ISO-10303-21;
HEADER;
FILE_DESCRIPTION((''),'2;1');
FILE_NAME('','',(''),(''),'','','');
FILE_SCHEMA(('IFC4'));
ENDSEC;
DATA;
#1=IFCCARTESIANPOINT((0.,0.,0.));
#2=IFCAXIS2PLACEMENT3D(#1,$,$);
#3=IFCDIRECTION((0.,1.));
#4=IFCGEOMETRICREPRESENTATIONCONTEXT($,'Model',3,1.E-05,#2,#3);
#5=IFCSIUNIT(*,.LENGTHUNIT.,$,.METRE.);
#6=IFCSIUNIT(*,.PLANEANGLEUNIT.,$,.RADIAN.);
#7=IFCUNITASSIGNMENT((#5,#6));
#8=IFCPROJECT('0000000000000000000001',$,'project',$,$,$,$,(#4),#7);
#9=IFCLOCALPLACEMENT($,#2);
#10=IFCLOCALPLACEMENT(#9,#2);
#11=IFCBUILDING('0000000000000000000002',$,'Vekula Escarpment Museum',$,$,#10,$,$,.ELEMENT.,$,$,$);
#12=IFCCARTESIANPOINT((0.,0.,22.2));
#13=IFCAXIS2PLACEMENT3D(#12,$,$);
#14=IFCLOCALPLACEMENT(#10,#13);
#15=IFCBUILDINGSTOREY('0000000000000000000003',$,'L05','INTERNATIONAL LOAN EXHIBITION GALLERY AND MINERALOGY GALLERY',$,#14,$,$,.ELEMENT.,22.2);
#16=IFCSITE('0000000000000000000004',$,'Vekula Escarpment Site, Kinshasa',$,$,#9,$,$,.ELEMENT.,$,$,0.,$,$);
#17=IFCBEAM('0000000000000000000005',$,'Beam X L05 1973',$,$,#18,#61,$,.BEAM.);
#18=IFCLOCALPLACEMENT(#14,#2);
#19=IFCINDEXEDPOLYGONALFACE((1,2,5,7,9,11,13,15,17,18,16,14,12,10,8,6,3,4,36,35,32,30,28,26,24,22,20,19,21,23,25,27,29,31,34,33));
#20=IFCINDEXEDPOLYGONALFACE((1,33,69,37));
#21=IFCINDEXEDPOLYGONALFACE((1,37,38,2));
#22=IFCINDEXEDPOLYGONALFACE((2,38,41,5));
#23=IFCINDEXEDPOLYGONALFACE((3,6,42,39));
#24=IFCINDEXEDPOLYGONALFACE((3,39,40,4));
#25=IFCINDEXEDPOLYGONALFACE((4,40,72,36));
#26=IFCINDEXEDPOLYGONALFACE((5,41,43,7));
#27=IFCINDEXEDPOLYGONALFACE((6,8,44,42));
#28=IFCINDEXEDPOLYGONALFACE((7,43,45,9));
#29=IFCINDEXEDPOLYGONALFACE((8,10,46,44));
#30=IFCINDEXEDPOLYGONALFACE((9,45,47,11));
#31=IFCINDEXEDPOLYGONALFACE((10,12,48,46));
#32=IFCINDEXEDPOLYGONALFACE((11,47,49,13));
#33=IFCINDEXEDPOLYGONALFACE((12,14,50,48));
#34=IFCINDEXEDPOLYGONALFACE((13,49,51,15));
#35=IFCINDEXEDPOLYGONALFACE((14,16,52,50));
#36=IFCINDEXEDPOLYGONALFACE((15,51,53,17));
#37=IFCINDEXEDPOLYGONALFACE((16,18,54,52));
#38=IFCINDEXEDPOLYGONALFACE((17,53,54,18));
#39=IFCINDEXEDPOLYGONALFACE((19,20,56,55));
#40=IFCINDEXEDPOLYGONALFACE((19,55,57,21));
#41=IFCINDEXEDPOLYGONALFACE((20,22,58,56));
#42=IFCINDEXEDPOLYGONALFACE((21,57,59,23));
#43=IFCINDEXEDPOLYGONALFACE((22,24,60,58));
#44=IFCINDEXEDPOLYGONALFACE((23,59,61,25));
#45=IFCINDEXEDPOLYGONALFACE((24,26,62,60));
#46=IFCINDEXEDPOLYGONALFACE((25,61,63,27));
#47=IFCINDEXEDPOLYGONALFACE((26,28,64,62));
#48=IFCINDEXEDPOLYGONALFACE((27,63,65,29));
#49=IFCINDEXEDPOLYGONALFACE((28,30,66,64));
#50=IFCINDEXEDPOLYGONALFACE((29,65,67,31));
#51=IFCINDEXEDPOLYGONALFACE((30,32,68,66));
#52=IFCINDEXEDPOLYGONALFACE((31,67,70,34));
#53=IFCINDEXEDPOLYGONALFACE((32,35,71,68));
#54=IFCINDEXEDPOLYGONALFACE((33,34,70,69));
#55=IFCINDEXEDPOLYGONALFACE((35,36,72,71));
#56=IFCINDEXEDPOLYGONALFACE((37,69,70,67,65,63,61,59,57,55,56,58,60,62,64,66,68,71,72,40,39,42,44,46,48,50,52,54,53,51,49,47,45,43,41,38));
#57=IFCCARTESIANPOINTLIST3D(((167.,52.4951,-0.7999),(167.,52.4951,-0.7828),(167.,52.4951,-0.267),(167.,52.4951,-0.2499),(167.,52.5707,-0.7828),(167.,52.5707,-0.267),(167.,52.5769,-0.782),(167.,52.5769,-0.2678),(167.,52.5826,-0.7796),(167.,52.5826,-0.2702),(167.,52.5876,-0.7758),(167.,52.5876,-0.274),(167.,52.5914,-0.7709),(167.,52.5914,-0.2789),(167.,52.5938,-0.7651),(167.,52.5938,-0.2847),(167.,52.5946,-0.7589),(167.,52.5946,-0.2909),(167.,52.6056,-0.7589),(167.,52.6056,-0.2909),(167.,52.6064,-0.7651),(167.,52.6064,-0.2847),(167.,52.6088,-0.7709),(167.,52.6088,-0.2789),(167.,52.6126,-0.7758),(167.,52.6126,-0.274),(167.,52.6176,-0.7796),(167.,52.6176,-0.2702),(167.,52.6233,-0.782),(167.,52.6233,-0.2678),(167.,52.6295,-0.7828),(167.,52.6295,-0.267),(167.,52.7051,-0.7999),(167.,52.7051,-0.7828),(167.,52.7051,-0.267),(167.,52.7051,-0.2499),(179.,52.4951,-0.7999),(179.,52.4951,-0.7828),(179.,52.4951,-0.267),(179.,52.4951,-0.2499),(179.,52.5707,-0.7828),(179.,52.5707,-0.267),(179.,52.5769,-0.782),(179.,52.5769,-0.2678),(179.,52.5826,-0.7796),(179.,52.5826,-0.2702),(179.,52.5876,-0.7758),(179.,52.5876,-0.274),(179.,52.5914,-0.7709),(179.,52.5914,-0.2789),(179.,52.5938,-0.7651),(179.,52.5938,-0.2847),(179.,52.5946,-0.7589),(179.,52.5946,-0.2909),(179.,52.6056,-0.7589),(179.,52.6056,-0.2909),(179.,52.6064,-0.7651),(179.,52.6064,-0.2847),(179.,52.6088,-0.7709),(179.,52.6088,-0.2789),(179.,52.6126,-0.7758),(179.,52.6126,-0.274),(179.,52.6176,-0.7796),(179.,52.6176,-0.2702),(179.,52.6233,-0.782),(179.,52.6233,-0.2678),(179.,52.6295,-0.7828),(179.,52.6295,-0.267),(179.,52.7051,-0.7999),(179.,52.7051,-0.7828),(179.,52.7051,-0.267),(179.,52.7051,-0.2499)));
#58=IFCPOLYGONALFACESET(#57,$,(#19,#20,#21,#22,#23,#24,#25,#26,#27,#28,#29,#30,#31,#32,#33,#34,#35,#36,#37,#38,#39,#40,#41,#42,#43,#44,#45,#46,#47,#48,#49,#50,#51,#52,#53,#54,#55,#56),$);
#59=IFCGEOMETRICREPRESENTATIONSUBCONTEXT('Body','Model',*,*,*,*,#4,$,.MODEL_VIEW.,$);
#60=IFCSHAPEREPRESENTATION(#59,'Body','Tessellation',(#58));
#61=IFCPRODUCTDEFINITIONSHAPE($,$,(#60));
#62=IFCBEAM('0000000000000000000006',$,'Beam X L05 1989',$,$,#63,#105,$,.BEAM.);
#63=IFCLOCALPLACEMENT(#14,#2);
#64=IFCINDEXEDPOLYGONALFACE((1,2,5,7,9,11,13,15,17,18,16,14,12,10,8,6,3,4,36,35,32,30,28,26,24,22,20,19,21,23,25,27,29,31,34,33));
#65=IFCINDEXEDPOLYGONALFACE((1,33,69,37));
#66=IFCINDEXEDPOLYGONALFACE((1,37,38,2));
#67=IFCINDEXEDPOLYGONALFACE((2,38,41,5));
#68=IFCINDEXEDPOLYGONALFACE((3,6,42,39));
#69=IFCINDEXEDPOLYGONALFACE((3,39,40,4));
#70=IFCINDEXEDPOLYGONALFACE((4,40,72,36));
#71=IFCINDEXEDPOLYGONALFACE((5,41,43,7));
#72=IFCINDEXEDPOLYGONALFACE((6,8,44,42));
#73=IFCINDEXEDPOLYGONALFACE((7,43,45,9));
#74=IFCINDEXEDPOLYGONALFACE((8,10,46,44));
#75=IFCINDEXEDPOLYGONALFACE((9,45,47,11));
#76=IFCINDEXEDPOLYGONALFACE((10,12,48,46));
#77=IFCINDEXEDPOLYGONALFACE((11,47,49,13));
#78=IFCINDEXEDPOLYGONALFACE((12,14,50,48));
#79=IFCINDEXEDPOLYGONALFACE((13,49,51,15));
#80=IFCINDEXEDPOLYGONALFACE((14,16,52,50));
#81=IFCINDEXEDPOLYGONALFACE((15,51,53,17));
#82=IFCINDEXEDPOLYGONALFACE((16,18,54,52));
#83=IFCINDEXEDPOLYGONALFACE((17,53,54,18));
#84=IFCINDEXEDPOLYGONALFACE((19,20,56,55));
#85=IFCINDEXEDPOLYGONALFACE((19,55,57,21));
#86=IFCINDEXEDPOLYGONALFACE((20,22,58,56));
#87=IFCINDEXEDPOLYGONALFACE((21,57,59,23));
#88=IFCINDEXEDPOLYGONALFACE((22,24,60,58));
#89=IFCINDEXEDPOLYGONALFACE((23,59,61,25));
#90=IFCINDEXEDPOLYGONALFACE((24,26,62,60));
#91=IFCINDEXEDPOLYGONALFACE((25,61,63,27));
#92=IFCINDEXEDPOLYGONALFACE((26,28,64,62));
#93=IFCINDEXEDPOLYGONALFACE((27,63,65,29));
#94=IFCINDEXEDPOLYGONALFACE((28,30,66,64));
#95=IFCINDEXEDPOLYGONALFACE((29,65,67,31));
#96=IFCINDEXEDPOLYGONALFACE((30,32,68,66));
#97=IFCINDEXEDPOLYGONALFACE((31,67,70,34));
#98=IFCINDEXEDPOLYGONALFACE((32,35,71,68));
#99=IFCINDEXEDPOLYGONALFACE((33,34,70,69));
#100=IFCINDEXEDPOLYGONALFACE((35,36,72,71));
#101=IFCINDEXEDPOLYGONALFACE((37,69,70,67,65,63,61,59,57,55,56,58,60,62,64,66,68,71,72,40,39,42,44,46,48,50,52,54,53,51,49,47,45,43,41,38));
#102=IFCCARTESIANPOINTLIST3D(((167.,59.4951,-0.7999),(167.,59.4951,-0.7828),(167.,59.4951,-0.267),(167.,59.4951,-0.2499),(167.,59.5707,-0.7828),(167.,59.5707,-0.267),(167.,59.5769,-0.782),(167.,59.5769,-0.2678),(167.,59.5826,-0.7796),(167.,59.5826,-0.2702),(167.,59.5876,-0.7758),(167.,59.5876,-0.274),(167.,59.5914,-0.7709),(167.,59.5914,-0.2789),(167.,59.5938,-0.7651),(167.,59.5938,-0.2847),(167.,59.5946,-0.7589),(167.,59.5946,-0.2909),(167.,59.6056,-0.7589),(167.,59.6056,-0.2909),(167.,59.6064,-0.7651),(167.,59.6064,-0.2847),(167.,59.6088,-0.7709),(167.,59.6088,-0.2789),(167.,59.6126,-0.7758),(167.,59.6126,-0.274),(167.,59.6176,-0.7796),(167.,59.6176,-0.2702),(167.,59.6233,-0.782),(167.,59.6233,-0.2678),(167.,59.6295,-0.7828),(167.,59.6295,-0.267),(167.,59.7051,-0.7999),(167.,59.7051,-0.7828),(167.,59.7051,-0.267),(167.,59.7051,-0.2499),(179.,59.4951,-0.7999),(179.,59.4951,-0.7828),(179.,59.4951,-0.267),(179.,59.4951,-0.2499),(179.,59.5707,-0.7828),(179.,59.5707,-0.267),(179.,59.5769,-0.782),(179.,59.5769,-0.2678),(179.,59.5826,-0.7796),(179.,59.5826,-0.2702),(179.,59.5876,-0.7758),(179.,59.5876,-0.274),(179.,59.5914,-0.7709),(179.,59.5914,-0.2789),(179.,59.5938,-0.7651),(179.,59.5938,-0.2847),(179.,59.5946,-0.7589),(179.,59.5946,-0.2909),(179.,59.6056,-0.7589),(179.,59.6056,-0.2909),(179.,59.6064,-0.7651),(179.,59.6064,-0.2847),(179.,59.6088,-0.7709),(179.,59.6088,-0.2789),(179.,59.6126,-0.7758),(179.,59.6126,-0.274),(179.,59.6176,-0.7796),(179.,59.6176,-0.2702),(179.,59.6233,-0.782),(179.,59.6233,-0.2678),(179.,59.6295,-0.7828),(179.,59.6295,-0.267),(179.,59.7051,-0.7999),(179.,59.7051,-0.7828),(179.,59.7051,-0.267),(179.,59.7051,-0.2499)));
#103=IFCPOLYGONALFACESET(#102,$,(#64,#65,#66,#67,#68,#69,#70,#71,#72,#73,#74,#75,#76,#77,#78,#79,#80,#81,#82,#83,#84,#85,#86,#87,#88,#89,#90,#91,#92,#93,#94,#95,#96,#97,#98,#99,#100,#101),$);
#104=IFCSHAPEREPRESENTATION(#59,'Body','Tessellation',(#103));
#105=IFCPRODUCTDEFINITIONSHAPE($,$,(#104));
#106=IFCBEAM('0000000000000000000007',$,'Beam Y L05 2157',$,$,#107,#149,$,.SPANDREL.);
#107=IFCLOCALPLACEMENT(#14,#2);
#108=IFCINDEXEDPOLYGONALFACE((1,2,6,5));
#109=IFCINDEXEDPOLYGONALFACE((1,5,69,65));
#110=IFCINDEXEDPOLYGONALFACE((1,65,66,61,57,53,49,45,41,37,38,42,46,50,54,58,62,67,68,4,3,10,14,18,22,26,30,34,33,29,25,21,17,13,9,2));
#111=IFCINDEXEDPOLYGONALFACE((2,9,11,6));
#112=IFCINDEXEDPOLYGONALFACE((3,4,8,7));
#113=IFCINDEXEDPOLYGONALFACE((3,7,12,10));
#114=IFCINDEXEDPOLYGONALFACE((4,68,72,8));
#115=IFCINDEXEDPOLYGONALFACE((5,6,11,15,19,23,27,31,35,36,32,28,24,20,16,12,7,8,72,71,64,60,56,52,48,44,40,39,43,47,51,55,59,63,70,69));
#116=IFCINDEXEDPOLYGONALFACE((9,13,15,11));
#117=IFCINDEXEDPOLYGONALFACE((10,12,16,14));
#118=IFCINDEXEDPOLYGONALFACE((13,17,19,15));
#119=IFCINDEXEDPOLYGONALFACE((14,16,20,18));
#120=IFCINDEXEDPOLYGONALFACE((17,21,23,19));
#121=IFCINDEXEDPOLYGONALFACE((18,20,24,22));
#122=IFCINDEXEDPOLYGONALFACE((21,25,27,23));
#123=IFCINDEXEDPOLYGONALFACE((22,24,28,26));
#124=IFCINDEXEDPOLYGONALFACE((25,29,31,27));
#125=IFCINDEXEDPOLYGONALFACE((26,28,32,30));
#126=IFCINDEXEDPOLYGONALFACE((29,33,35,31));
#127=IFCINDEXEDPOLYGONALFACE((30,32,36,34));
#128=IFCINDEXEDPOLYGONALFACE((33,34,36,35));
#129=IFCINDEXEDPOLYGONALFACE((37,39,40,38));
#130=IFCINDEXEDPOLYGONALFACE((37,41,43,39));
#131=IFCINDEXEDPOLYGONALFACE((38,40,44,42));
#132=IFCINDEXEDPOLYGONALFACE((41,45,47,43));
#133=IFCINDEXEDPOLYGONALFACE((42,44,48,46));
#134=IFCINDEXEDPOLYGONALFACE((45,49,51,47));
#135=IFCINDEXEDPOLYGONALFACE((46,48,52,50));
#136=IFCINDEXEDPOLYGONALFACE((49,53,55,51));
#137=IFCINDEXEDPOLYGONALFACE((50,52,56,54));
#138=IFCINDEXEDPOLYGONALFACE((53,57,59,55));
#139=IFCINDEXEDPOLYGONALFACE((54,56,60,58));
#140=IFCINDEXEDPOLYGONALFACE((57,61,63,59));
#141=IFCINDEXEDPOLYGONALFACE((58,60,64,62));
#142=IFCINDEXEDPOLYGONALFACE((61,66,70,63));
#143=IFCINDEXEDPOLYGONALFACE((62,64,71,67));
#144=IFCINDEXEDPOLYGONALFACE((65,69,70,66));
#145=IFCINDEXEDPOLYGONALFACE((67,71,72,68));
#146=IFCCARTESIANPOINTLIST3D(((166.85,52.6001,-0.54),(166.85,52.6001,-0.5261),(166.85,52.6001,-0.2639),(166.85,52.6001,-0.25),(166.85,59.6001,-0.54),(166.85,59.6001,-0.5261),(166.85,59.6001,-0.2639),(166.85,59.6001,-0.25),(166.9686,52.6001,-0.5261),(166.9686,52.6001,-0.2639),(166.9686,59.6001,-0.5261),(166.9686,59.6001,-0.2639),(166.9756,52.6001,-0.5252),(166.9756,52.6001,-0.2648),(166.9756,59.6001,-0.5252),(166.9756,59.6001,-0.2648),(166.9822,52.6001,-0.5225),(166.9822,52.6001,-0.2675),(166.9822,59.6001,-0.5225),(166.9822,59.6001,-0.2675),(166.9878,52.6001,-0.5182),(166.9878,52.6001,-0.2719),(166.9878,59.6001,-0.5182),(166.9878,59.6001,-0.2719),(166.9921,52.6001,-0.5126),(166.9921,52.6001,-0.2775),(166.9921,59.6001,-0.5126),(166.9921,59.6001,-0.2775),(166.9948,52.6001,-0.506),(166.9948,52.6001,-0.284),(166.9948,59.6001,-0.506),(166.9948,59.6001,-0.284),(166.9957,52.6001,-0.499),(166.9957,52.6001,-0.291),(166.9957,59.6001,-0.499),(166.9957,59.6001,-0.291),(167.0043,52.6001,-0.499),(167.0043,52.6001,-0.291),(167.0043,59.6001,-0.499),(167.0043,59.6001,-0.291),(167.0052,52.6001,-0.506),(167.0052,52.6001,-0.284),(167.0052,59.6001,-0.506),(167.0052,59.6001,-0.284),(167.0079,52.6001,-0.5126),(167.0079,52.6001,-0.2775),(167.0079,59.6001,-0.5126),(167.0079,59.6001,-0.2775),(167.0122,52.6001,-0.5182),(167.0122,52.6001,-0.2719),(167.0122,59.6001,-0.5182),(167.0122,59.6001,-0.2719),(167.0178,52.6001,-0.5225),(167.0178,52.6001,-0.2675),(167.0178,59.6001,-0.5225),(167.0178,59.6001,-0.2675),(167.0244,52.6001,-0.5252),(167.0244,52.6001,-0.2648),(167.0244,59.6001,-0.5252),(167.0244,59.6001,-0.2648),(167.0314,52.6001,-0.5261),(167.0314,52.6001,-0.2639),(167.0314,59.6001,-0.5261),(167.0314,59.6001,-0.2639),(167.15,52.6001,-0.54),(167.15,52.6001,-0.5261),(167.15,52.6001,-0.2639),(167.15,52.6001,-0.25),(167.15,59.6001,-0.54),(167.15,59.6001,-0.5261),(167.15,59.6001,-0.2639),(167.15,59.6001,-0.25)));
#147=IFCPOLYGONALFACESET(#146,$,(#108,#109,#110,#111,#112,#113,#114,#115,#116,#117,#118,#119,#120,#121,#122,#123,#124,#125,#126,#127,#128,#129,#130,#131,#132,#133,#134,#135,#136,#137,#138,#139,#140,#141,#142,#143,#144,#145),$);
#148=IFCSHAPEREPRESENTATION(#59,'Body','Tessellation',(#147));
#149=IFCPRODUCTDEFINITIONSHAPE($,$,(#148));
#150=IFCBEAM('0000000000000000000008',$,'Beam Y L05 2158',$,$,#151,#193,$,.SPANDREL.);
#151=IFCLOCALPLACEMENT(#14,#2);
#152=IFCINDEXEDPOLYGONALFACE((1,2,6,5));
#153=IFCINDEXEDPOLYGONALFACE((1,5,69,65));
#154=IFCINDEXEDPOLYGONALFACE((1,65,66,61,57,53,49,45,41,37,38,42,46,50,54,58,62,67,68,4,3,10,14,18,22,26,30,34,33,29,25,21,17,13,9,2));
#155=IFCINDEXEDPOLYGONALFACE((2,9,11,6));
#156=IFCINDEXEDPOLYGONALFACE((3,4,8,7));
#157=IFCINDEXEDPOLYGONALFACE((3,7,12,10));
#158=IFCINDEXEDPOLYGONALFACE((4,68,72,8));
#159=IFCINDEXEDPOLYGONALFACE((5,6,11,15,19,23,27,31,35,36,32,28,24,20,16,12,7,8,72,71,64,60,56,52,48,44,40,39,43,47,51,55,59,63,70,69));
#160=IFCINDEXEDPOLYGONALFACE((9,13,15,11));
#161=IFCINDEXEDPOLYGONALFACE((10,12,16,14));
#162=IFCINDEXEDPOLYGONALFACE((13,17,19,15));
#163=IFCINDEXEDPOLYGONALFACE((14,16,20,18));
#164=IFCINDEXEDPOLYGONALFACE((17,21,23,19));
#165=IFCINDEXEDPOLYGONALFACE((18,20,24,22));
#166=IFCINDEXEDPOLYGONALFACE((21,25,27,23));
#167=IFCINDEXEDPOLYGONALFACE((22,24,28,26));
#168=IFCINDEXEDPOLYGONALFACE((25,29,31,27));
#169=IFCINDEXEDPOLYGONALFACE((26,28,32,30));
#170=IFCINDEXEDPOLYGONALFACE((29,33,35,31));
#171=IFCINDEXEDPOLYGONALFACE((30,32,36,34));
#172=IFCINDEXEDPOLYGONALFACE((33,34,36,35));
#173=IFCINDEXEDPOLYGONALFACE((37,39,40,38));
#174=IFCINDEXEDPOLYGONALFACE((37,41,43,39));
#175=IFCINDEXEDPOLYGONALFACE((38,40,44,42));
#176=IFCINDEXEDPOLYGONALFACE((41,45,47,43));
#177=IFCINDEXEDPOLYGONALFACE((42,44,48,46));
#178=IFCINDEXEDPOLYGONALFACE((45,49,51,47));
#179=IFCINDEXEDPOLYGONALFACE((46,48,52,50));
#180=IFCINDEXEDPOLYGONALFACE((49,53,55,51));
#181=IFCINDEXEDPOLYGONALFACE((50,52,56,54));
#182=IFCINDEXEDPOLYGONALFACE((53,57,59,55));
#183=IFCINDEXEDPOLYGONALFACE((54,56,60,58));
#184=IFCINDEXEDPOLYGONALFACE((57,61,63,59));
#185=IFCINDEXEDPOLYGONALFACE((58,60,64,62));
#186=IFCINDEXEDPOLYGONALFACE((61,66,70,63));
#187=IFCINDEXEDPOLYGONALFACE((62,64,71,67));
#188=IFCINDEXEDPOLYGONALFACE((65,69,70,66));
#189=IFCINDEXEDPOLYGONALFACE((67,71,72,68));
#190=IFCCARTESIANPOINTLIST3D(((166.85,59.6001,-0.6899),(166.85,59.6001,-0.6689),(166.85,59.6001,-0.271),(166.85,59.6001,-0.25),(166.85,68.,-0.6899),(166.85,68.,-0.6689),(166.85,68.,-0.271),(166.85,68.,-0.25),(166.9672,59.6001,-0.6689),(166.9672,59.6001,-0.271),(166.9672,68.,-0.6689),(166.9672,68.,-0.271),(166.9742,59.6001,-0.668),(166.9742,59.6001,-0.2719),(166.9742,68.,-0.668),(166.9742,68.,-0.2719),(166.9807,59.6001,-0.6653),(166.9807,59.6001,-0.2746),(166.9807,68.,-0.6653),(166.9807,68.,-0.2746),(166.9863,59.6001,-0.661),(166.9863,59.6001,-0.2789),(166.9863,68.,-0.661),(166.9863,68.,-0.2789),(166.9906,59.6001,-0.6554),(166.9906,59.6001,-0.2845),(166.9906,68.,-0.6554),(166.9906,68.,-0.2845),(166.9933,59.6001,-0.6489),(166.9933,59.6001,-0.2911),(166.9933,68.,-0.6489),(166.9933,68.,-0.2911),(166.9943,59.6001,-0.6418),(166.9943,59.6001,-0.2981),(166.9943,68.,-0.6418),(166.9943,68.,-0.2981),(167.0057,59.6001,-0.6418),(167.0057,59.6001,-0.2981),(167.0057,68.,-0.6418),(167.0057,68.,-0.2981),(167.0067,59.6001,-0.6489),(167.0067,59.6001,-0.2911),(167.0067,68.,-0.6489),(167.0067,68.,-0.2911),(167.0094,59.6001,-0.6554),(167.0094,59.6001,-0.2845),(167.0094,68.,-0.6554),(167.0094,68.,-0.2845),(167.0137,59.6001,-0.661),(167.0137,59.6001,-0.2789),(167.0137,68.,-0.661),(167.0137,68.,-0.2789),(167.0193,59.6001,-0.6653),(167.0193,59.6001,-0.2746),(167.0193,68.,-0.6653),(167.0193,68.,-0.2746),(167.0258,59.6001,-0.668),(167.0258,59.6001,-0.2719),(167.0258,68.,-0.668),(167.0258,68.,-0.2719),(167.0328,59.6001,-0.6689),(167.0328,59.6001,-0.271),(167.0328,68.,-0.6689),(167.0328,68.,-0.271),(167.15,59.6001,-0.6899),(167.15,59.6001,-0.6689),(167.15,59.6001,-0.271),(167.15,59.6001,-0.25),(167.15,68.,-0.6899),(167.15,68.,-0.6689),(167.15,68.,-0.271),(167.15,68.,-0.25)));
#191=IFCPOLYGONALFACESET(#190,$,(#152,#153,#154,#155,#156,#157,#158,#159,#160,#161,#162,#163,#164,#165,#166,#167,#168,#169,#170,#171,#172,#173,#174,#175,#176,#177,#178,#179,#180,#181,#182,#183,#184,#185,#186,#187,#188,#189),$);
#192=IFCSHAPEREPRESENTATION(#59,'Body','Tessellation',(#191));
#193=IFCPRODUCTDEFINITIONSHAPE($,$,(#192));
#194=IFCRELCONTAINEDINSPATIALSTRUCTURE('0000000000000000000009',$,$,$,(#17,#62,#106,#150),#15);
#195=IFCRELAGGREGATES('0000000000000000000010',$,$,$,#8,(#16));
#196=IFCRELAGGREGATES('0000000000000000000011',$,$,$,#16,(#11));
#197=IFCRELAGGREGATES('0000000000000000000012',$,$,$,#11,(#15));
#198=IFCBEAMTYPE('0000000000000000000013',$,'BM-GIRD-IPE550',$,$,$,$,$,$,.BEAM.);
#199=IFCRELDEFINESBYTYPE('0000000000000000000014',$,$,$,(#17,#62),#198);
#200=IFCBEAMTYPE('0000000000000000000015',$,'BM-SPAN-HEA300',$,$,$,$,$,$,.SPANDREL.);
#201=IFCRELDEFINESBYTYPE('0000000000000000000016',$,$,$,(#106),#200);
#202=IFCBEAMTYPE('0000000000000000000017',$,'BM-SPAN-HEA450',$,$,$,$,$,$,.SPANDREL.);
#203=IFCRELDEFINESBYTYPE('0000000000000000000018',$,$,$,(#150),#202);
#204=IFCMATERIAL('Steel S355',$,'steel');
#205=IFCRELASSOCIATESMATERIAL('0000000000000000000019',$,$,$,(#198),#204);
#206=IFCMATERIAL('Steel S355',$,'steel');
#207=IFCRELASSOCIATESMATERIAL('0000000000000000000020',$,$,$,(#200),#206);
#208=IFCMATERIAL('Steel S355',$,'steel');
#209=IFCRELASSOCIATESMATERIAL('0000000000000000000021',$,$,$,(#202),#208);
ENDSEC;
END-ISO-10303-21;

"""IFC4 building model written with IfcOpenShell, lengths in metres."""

from ifc_helpers import new_model, si_unit, direction, frame, origin, origin_2d, place, context, subcontext, project, spatial, i_section, extrude, material, material_profile, profile_set, type_object, element, save


model = new_model("IFC4")

# Units and contexts
model_context = context("Model", 3, precision=1e-05, world=origin(), true_north=direction((0.0, 1.0)))
body_context = subcontext(model_context, "Body", "Model", "MODEL_VIEW")
ifc_project = project(units=[si_unit("LENGTHUNIT", "METRE"), si_unit("PLANEANGLEUNIT", "RADIAN")], contexts=[model_context])

# Site, building, storey
site_placement = place(None, origin())
site = spatial("IfcSite", under=ifc_project, at=site_placement, Name="Vekula Escarpment Site, Kinshasa", CompositionType="ELEMENT", RefElevation=0.0)
building_placement = place(site_placement, origin())
building = spatial("IfcBuilding", under=site, at=building_placement, Name="Vekula Escarpment Museum", CompositionType="ELEMENT")
storey_placement = place(building_placement, frame((0.0, 0.0, 22.2)))
storey = spatial("IfcBuildingStorey", under=building, at=storey_placement, Name="L05", Description="INTERNATIONAL LOAN EXHIBITION GALLERY AND MINERALOGY GALLERY", CompositionType="ELEMENT", Elevation=22.2)

# Beams
ifc_material_1 = material(Name="Steel S355", Category="steel")
ifc_material_profile_1 = material_profile(ifc_material_1, i_section(OverallWidth=0.21, OverallDepth=0.55, WebThickness=0.011, FlangeThickness=0.0171, FilletRadius=0.0239, at=origin_2d()), Name="IPE 550")
ifc_profile_set_1 = profile_set([ifc_material_profile_1], Name="Steel S355")
beam_type_1 = type_object("IfcBeamType", Name="BM-GIRD-IPE550", PredefinedType="BEAM", material=ifc_profile_set_1)
for number, where, z_axis, x_axis, name in (
    (1, (167.0, 52.6001, -0.5249), (1.0, 0.0, 0.0), (0.0, 1.0, 0.0), "Beam X L05 1973"),
    (2, (167.0, 59.6001, -0.5249), (1.0, 0.0, 0.0), (0.0, 1.0, 0.0), "Beam X L05 1989"),
):
    element("IfcBeam", number, at=place(storey_placement, frame(where, z_axis=z_axis, x_axis=x_axis)), inside=storey, type_object=beam_type_1, Name=name, PredefinedType="BEAM", context=body_context, shape_type="SweptSolid", body=[
        extrude(i_section(OverallWidth=0.21, OverallDepth=0.55, WebThickness=0.011, FlangeThickness=0.0171, FilletRadius=0.0239, at=origin_2d()), origin(), (0.0, 0.0, 1.0), 12.0),
    ])
ifc_material_2 = material(Name="Steel S355", Category="steel")
ifc_material_profile_2 = material_profile(ifc_material_2, i_section(OverallWidth=0.3, OverallDepth=0.29, WebThickness=0.0085, FlangeThickness=0.0139, FilletRadius=0.0271, at=origin_2d()), Name="HEA 300")
ifc_profile_set_2 = profile_set([ifc_material_profile_2], Name="Steel S355")
beam_type_2 = type_object("IfcBeamType", Name="BM-SPAN-HEA300", PredefinedType="SPANDREL", material=ifc_profile_set_2)
beam_1_placement = place(storey_placement, frame((167.0, 52.6001, -0.395), z_axis=(0.0, 1.0, 0.0), x_axis=(-1.0, 0.0, 0.0)))
element("IfcBeam", 3, at=beam_1_placement, inside=storey, type_object=beam_type_2, Name="Beam Y L05 2157", PredefinedType="SPANDREL", context=body_context, shape_type="SweptSolid", body=[
    extrude(i_section(OverallWidth=0.3, OverallDepth=0.29, WebThickness=0.0085, FlangeThickness=0.0139, FilletRadius=0.0271, at=origin_2d()), origin(), (0.0, 0.0, 1.0), 7.0),
])
ifc_material_3 = material(Name="Steel S355", Category="steel")
ifc_material_profile_3 = material_profile(ifc_material_3, i_section(OverallWidth=0.3, OverallDepth=0.4399, WebThickness=0.0115, FlangeThickness=0.021, FilletRadius=0.0271, at=origin_2d()), Name="HEA 450")
ifc_profile_set_3 = profile_set([ifc_material_profile_3], Name="Steel S355")
beam_type_3 = type_object("IfcBeamType", Name="BM-SPAN-HEA450", PredefinedType="SPANDREL", material=ifc_profile_set_3)
beam_2_placement = place(storey_placement, frame((167.0, 59.6001, -0.47), z_axis=(0.0, 1.0, 0.0), x_axis=(-1.0, 0.0, 0.0)))
element("IfcBeam", 4, at=beam_2_placement, inside=storey, type_object=beam_type_3, Name="Beam Y L05 2158", PredefinedType="SPANDREL", context=body_context, shape_type="SweptSolid", body=[
    extrude(i_section(OverallWidth=0.3, OverallDepth=0.4399, WebThickness=0.0115, FlangeThickness=0.021, FilletRadius=0.0271, at=origin_2d()), origin(), (0.0, 0.0, 1.0), 8.3999),
])

save(model, "model.ifc")
